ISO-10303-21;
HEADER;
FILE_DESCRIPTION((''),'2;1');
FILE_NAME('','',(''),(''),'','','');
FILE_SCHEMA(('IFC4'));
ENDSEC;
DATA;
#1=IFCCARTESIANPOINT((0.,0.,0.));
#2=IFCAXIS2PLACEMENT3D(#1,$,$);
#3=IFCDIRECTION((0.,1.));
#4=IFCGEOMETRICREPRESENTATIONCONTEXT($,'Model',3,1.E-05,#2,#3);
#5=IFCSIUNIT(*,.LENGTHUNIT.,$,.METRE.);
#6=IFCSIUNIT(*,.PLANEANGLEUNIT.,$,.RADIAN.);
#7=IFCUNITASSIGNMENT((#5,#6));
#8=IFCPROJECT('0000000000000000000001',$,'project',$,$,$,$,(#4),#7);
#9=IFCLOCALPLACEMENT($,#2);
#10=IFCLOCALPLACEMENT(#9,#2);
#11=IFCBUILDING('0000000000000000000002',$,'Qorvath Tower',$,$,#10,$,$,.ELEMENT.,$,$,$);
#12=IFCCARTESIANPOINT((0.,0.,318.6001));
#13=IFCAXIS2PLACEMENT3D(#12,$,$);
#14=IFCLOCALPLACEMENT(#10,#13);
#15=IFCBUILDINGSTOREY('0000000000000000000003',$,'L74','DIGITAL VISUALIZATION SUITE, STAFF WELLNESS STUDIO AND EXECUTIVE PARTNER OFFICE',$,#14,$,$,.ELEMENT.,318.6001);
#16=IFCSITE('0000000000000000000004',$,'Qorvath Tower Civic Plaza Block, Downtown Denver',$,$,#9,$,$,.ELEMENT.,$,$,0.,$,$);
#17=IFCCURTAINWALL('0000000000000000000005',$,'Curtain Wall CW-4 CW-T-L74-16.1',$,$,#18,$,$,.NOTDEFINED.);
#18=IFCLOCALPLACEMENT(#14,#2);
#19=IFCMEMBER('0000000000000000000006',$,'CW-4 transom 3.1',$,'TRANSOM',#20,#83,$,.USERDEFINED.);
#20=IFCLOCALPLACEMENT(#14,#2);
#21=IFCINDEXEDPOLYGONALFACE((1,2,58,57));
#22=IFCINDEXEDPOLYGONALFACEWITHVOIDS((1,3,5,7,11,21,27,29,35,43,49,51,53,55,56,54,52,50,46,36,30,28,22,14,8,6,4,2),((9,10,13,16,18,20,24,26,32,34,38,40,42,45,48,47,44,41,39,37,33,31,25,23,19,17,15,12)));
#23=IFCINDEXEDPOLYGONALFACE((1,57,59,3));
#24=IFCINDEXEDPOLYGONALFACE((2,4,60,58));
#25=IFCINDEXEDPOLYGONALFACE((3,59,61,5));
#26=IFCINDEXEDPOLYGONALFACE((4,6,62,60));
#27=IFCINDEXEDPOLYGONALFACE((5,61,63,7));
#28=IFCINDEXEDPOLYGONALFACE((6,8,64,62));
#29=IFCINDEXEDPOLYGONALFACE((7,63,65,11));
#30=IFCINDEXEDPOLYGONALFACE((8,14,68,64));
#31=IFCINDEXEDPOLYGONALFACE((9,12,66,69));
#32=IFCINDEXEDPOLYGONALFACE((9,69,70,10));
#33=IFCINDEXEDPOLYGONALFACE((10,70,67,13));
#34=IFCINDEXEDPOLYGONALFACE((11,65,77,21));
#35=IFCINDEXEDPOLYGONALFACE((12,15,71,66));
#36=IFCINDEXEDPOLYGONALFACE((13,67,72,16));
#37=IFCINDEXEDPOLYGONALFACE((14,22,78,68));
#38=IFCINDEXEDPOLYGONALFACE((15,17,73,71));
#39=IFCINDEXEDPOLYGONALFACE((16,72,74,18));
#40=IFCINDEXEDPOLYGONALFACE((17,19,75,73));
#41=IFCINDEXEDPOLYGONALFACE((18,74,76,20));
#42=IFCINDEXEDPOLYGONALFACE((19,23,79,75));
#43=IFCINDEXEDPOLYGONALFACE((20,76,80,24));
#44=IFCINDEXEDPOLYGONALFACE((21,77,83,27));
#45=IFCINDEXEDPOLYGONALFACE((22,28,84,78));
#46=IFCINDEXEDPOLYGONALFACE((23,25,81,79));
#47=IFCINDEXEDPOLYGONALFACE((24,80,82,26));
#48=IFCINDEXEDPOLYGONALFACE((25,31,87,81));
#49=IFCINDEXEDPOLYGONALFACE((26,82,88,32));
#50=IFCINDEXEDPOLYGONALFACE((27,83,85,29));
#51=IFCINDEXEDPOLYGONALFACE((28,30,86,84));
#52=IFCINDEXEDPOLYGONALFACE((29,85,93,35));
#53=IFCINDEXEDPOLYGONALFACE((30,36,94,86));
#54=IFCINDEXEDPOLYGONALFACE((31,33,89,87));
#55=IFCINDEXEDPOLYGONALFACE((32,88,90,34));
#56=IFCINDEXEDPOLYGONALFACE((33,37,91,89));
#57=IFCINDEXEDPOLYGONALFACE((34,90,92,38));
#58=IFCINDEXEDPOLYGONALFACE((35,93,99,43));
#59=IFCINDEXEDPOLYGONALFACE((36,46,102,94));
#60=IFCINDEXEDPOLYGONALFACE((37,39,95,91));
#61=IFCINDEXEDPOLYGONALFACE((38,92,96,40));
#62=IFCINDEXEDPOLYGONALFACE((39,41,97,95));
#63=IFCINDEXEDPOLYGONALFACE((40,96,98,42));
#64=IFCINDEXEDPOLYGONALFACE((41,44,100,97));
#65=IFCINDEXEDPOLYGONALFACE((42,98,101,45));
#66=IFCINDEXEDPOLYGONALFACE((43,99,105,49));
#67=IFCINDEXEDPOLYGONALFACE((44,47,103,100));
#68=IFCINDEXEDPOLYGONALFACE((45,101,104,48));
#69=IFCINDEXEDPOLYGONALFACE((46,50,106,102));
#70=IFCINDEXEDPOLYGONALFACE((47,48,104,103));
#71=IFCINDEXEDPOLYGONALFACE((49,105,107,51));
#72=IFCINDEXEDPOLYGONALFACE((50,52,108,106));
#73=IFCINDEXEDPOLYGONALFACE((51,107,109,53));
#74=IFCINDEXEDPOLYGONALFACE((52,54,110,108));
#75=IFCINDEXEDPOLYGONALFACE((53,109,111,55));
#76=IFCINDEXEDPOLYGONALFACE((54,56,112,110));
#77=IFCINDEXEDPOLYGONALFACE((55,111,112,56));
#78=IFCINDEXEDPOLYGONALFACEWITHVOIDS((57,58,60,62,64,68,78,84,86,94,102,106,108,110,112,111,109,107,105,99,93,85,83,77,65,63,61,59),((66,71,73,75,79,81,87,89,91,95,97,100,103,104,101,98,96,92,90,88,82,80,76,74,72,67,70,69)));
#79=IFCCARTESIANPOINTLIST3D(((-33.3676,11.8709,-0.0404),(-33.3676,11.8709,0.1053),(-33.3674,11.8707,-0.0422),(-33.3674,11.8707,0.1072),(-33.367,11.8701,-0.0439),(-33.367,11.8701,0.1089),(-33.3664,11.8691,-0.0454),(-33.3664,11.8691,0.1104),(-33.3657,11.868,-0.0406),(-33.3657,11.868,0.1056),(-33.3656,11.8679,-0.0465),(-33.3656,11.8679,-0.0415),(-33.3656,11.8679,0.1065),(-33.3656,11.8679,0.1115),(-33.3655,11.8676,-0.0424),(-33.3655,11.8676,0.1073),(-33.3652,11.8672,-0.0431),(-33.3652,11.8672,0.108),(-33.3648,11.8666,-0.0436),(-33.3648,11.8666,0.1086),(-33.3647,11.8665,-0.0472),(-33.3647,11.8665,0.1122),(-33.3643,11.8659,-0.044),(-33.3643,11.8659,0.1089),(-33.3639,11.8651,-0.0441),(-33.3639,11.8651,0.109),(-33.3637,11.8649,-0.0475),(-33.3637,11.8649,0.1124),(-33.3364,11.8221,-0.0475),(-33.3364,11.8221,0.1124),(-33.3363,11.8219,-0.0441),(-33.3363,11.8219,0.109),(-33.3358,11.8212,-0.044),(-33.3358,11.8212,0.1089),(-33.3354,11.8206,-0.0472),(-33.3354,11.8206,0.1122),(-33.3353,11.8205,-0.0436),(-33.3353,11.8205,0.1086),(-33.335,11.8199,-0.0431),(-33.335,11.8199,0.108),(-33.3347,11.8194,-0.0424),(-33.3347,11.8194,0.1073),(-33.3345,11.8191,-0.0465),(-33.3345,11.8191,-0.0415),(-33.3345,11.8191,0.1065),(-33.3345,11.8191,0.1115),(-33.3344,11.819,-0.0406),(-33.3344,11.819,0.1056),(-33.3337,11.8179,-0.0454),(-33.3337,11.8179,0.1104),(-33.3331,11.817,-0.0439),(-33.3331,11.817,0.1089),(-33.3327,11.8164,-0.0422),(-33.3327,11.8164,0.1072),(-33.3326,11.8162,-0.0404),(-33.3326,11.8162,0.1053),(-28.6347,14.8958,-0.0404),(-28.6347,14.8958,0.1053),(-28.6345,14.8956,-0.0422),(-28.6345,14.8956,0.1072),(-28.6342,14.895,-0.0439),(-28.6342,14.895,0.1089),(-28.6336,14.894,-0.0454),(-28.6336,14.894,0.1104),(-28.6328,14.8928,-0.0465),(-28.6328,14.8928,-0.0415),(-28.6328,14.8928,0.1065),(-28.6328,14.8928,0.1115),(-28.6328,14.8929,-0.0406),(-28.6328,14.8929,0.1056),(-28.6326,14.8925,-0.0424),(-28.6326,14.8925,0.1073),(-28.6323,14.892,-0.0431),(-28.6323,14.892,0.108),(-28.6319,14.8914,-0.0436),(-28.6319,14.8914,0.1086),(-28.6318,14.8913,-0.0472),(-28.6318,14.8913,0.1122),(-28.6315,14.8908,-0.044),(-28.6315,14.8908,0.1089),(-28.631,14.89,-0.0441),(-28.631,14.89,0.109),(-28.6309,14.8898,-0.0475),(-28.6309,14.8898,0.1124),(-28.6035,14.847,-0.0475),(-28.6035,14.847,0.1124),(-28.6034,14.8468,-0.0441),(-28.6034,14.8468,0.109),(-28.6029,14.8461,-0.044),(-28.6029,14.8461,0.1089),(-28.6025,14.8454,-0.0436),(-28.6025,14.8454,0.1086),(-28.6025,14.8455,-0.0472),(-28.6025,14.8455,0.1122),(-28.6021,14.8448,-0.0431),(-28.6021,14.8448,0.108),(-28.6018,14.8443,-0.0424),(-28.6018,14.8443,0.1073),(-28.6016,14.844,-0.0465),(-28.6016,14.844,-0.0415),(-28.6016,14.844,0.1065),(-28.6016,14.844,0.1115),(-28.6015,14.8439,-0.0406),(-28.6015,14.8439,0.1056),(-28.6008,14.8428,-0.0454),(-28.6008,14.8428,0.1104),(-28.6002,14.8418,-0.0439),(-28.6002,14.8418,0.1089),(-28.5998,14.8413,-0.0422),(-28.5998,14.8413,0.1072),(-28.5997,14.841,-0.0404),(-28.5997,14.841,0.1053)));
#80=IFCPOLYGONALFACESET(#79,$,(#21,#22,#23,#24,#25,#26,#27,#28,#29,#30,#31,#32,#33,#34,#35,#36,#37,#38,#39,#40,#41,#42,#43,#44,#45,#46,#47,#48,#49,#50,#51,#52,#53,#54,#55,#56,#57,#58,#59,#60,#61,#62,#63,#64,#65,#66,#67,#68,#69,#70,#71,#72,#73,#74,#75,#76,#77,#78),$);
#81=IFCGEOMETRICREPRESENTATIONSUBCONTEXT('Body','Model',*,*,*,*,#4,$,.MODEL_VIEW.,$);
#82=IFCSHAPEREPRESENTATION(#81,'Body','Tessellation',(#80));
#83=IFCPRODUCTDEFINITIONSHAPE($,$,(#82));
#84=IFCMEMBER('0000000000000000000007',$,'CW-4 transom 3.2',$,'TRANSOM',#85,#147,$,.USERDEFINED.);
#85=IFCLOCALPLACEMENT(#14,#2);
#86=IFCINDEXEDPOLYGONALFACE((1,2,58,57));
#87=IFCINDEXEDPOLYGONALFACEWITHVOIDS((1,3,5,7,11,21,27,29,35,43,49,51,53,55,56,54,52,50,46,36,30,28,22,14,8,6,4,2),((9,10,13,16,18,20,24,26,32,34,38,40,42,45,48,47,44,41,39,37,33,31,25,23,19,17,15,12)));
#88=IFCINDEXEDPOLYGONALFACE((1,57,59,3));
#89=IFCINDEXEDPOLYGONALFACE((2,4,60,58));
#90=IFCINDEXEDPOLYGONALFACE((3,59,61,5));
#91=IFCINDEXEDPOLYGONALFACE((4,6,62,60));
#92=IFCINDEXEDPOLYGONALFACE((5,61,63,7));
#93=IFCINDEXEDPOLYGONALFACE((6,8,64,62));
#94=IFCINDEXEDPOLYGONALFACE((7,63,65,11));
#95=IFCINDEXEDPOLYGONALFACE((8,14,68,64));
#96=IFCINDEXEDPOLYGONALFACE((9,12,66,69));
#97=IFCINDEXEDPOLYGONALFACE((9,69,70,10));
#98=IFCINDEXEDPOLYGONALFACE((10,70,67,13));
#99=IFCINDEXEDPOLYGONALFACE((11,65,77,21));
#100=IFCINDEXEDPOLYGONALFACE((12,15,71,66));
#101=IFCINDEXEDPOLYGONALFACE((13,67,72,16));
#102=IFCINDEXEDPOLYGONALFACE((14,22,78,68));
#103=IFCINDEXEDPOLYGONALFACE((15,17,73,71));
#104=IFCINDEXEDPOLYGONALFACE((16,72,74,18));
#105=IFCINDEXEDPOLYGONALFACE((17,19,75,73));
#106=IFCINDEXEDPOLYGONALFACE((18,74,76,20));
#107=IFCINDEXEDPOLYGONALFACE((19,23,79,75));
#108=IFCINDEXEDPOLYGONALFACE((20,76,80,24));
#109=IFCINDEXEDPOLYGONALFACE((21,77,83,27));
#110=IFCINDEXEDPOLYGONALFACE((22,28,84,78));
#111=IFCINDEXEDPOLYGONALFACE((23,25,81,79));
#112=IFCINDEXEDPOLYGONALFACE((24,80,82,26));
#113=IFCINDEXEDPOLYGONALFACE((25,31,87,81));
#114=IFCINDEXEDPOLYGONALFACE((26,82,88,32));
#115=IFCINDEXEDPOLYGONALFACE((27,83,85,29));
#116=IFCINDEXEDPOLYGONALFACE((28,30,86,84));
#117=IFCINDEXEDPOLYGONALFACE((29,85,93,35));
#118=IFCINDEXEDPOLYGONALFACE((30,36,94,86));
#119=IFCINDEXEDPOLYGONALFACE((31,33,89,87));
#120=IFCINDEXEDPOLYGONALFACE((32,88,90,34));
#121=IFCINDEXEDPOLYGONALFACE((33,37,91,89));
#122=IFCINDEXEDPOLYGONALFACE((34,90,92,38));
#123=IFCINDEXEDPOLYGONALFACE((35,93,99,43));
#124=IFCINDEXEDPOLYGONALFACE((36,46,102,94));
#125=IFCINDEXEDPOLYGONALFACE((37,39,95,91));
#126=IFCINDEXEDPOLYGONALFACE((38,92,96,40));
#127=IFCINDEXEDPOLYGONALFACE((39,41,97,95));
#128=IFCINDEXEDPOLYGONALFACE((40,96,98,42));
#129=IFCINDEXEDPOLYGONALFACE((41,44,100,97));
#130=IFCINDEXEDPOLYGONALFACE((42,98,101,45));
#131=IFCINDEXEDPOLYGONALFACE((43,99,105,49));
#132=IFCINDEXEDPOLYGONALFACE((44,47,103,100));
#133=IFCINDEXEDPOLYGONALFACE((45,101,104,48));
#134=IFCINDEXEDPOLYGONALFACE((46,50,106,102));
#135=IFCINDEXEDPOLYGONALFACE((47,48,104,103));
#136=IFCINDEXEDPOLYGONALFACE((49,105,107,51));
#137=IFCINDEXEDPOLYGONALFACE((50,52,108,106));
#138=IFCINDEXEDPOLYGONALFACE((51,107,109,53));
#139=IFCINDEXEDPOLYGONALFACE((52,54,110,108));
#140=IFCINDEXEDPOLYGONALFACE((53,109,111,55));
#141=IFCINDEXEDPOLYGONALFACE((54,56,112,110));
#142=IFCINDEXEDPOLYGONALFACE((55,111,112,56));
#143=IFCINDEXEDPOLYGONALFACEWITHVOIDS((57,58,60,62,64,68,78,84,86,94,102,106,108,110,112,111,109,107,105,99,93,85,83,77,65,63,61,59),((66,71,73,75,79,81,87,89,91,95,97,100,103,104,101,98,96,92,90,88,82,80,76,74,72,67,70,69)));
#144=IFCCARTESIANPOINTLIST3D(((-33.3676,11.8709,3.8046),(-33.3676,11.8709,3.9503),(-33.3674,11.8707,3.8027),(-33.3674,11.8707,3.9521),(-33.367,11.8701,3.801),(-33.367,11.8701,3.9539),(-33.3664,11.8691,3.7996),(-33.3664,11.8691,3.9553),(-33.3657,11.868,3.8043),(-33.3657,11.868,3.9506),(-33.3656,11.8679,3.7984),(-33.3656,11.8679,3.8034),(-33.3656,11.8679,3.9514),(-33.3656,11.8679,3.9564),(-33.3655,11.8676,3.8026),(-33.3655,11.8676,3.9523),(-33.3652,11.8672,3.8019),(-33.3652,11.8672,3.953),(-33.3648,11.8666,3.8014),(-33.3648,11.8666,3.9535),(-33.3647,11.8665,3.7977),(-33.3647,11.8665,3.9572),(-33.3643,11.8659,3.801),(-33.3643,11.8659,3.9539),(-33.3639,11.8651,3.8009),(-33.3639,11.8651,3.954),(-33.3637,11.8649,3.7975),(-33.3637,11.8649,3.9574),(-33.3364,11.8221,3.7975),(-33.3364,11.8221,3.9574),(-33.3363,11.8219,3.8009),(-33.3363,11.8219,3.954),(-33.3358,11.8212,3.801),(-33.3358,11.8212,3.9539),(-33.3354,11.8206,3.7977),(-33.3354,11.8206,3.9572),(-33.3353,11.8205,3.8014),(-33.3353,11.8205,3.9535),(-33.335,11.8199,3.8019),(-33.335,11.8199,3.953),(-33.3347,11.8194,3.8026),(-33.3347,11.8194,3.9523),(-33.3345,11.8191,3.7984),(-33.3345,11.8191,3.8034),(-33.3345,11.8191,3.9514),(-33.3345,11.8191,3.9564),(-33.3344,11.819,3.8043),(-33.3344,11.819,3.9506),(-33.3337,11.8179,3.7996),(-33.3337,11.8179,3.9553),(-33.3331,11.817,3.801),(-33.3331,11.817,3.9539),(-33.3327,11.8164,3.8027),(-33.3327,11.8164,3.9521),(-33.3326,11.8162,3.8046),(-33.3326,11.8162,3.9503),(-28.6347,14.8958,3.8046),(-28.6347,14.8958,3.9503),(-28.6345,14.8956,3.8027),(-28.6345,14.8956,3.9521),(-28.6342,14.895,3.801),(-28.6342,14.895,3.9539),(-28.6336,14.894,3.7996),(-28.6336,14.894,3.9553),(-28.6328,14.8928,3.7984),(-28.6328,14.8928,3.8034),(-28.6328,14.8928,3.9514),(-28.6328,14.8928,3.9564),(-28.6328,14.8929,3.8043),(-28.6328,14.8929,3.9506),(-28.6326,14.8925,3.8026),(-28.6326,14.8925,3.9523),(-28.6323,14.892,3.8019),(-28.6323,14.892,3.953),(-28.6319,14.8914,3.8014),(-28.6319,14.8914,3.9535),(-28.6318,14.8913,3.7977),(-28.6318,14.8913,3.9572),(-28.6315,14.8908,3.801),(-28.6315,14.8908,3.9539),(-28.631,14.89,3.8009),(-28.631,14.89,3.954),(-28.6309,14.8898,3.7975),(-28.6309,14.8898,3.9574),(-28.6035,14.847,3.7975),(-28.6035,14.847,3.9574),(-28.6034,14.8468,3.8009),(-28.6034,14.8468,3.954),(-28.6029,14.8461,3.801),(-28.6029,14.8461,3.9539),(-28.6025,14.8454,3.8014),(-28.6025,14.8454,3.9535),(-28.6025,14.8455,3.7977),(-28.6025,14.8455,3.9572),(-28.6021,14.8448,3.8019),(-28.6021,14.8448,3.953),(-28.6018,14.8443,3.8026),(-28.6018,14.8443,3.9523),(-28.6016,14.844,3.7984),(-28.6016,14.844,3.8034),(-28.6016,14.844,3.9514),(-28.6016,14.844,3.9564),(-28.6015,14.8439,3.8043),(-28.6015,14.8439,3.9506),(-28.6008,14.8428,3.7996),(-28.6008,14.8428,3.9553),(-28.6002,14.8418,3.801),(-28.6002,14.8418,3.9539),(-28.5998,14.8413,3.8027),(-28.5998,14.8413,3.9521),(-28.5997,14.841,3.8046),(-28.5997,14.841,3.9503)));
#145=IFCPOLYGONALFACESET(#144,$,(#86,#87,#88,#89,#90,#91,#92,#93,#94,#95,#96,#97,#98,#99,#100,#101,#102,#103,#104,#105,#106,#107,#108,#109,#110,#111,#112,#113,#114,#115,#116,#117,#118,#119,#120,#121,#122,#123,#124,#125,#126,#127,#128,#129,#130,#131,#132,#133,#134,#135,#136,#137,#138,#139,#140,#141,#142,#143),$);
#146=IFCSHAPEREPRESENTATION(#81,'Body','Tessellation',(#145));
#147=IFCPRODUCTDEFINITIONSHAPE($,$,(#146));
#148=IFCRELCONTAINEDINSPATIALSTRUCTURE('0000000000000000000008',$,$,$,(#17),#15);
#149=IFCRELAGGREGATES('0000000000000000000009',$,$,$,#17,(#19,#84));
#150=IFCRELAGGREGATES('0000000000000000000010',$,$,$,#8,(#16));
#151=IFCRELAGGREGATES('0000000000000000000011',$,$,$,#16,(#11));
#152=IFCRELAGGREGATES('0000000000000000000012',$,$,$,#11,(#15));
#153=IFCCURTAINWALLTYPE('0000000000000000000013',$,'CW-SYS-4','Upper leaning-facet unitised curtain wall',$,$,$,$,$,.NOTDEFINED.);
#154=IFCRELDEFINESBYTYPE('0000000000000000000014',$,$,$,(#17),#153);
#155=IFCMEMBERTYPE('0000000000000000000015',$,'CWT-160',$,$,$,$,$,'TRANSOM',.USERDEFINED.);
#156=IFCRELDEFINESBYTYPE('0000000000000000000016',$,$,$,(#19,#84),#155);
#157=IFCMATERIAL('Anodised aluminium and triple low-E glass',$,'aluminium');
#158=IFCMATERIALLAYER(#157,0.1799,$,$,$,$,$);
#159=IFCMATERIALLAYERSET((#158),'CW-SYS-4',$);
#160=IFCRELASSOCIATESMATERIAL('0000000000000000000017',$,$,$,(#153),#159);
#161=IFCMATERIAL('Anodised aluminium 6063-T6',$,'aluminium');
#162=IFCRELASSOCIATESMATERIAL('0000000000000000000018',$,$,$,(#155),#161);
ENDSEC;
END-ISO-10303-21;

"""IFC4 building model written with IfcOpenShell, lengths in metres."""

from ifc_helpers import new_model, si_unit, direction, frame, origin, origin_2d, place, context, subcontext, project, spatial, hollow_rectangle, extrude, material, layer, layer_set, material_profile, profile_set, type_object, element, aggregate, save


model = new_model("IFC4")

# Units and contexts
model_context = context("Model", 3, precision=1e-05, world=origin(), true_north=direction((0.0, 1.0)))
body_context = subcontext(model_context, "Body", "Model", "MODEL_VIEW")
ifc_project = project(units=[si_unit("LENGTHUNIT", "METRE"), si_unit("PLANEANGLEUNIT", "RADIAN")], contexts=[model_context])

# Site, building, storey
site_placement = place(None, origin())
site = spatial("IfcSite", under=ifc_project, at=site_placement, Name="Qorvath Tower Civic Plaza Block, Downtown Denver", CompositionType="ELEMENT", RefElevation=0.0)
building_placement = place(site_placement, origin())
building = spatial("IfcBuilding", under=site, at=building_placement, Name="Qorvath Tower", CompositionType="ELEMENT")
storey_placement = place(building_placement, frame((0.0, 0.0, 318.6001)))
storey = spatial("IfcBuildingStorey", under=building, at=storey_placement, Name="L74", Description="DIGITAL VISUALIZATION SUITE, STAFF WELLNESS STUDIO AND EXECUTIVE PARTNER OFFICE", CompositionType="ELEMENT", Elevation=318.6001)

# Curtain wall, members
ifc_material_1 = material(Name="Anodised aluminium and triple low-E glass", Category="aluminium")
ifc_layer_1 = layer(ifc_material_1, 0.1799)
ifc_layer_set_1 = layer_set([ifc_layer_1], Name="CW-SYS-4")
curtain_wall_type = type_object("IfcCurtainWallType", Name="CW-SYS-4", Description="Upper leaning-facet unitised curtain wall", PredefinedType="NOTDEFINED", material=ifc_layer_set_1)
curtain_wall_placement = place(storey_placement, origin())
curtain_wall = element("IfcCurtainWall", 1, at=curtain_wall_placement, inside=storey, type_object=curtain_wall_type, Name="Curtain Wall CW-4 CW-T-L74-16.1", PredefinedType="NOTDEFINED")
ifc_material_2 = material(Name="Anodised aluminium 6063-T6", Category="aluminium")
ifc_material_profile_1 = material_profile(ifc_material_2, hollow_rectangle(XDim=0.0649, YDim=0.1599, WallThickness=0.0034, InnerFilletRadius=0.0034, OuterFilletRadius=0.0071, at=origin_2d()), Name="CWT 160x65")
ifc_profile_set_1 = profile_set([ifc_material_profile_1], Name="Anodised aluminium 6063-T6")
member_type_1 = type_object("IfcMemberType", Name="CWT-160", ElementType="TRANSOM", PredefinedType="USERDEFINED", material=ifc_profile_set_1)
member_1_placement = place(storey_placement, frame((-28.6172, 14.8684, 0.0325), z_axis=(-0.842608, -0.538528, 0.0), x_axis=(0.538528, -0.842608, 0.0)))
member_1 = element("IfcMember", 2, at=member_1_placement, type_object=member_type_1, Name="CW-4 transom 3.1", ObjectType="TRANSOM", PredefinedType="USERDEFINED", context=body_context, shape_type="SweptSolid", body=[
    extrude(hollow_rectangle(XDim=0.0649, YDim=0.1599, WallThickness=0.0034, InnerFilletRadius=0.0034, OuterFilletRadius=0.0071, at=origin_2d()), origin(), (0.0, 0.0, 1.0), 5.6169),
])
member_2_placement = place(storey_placement, frame((-28.6172, 14.8684, 3.8774), z_axis=(-0.842608, -0.538528, 0.0), x_axis=(0.538528, -0.842608, 0.0)))
member_2 = element("IfcMember", 3, at=member_2_placement, type_object=member_type_1, Name="CW-4 transom 3.2", ObjectType="TRANSOM", PredefinedType="USERDEFINED", context=body_context, shape_type="SweptSolid", body=[
    extrude(hollow_rectangle(XDim=0.0649, YDim=0.1599, WallThickness=0.0034, InnerFilletRadius=0.0034, OuterFilletRadius=0.0071, at=origin_2d()), origin(), (0.0, 0.0, 1.0), 5.6169),
])
aggregate(curtain_wall, [member_1, member_2])

save(model, "model.ifc")
